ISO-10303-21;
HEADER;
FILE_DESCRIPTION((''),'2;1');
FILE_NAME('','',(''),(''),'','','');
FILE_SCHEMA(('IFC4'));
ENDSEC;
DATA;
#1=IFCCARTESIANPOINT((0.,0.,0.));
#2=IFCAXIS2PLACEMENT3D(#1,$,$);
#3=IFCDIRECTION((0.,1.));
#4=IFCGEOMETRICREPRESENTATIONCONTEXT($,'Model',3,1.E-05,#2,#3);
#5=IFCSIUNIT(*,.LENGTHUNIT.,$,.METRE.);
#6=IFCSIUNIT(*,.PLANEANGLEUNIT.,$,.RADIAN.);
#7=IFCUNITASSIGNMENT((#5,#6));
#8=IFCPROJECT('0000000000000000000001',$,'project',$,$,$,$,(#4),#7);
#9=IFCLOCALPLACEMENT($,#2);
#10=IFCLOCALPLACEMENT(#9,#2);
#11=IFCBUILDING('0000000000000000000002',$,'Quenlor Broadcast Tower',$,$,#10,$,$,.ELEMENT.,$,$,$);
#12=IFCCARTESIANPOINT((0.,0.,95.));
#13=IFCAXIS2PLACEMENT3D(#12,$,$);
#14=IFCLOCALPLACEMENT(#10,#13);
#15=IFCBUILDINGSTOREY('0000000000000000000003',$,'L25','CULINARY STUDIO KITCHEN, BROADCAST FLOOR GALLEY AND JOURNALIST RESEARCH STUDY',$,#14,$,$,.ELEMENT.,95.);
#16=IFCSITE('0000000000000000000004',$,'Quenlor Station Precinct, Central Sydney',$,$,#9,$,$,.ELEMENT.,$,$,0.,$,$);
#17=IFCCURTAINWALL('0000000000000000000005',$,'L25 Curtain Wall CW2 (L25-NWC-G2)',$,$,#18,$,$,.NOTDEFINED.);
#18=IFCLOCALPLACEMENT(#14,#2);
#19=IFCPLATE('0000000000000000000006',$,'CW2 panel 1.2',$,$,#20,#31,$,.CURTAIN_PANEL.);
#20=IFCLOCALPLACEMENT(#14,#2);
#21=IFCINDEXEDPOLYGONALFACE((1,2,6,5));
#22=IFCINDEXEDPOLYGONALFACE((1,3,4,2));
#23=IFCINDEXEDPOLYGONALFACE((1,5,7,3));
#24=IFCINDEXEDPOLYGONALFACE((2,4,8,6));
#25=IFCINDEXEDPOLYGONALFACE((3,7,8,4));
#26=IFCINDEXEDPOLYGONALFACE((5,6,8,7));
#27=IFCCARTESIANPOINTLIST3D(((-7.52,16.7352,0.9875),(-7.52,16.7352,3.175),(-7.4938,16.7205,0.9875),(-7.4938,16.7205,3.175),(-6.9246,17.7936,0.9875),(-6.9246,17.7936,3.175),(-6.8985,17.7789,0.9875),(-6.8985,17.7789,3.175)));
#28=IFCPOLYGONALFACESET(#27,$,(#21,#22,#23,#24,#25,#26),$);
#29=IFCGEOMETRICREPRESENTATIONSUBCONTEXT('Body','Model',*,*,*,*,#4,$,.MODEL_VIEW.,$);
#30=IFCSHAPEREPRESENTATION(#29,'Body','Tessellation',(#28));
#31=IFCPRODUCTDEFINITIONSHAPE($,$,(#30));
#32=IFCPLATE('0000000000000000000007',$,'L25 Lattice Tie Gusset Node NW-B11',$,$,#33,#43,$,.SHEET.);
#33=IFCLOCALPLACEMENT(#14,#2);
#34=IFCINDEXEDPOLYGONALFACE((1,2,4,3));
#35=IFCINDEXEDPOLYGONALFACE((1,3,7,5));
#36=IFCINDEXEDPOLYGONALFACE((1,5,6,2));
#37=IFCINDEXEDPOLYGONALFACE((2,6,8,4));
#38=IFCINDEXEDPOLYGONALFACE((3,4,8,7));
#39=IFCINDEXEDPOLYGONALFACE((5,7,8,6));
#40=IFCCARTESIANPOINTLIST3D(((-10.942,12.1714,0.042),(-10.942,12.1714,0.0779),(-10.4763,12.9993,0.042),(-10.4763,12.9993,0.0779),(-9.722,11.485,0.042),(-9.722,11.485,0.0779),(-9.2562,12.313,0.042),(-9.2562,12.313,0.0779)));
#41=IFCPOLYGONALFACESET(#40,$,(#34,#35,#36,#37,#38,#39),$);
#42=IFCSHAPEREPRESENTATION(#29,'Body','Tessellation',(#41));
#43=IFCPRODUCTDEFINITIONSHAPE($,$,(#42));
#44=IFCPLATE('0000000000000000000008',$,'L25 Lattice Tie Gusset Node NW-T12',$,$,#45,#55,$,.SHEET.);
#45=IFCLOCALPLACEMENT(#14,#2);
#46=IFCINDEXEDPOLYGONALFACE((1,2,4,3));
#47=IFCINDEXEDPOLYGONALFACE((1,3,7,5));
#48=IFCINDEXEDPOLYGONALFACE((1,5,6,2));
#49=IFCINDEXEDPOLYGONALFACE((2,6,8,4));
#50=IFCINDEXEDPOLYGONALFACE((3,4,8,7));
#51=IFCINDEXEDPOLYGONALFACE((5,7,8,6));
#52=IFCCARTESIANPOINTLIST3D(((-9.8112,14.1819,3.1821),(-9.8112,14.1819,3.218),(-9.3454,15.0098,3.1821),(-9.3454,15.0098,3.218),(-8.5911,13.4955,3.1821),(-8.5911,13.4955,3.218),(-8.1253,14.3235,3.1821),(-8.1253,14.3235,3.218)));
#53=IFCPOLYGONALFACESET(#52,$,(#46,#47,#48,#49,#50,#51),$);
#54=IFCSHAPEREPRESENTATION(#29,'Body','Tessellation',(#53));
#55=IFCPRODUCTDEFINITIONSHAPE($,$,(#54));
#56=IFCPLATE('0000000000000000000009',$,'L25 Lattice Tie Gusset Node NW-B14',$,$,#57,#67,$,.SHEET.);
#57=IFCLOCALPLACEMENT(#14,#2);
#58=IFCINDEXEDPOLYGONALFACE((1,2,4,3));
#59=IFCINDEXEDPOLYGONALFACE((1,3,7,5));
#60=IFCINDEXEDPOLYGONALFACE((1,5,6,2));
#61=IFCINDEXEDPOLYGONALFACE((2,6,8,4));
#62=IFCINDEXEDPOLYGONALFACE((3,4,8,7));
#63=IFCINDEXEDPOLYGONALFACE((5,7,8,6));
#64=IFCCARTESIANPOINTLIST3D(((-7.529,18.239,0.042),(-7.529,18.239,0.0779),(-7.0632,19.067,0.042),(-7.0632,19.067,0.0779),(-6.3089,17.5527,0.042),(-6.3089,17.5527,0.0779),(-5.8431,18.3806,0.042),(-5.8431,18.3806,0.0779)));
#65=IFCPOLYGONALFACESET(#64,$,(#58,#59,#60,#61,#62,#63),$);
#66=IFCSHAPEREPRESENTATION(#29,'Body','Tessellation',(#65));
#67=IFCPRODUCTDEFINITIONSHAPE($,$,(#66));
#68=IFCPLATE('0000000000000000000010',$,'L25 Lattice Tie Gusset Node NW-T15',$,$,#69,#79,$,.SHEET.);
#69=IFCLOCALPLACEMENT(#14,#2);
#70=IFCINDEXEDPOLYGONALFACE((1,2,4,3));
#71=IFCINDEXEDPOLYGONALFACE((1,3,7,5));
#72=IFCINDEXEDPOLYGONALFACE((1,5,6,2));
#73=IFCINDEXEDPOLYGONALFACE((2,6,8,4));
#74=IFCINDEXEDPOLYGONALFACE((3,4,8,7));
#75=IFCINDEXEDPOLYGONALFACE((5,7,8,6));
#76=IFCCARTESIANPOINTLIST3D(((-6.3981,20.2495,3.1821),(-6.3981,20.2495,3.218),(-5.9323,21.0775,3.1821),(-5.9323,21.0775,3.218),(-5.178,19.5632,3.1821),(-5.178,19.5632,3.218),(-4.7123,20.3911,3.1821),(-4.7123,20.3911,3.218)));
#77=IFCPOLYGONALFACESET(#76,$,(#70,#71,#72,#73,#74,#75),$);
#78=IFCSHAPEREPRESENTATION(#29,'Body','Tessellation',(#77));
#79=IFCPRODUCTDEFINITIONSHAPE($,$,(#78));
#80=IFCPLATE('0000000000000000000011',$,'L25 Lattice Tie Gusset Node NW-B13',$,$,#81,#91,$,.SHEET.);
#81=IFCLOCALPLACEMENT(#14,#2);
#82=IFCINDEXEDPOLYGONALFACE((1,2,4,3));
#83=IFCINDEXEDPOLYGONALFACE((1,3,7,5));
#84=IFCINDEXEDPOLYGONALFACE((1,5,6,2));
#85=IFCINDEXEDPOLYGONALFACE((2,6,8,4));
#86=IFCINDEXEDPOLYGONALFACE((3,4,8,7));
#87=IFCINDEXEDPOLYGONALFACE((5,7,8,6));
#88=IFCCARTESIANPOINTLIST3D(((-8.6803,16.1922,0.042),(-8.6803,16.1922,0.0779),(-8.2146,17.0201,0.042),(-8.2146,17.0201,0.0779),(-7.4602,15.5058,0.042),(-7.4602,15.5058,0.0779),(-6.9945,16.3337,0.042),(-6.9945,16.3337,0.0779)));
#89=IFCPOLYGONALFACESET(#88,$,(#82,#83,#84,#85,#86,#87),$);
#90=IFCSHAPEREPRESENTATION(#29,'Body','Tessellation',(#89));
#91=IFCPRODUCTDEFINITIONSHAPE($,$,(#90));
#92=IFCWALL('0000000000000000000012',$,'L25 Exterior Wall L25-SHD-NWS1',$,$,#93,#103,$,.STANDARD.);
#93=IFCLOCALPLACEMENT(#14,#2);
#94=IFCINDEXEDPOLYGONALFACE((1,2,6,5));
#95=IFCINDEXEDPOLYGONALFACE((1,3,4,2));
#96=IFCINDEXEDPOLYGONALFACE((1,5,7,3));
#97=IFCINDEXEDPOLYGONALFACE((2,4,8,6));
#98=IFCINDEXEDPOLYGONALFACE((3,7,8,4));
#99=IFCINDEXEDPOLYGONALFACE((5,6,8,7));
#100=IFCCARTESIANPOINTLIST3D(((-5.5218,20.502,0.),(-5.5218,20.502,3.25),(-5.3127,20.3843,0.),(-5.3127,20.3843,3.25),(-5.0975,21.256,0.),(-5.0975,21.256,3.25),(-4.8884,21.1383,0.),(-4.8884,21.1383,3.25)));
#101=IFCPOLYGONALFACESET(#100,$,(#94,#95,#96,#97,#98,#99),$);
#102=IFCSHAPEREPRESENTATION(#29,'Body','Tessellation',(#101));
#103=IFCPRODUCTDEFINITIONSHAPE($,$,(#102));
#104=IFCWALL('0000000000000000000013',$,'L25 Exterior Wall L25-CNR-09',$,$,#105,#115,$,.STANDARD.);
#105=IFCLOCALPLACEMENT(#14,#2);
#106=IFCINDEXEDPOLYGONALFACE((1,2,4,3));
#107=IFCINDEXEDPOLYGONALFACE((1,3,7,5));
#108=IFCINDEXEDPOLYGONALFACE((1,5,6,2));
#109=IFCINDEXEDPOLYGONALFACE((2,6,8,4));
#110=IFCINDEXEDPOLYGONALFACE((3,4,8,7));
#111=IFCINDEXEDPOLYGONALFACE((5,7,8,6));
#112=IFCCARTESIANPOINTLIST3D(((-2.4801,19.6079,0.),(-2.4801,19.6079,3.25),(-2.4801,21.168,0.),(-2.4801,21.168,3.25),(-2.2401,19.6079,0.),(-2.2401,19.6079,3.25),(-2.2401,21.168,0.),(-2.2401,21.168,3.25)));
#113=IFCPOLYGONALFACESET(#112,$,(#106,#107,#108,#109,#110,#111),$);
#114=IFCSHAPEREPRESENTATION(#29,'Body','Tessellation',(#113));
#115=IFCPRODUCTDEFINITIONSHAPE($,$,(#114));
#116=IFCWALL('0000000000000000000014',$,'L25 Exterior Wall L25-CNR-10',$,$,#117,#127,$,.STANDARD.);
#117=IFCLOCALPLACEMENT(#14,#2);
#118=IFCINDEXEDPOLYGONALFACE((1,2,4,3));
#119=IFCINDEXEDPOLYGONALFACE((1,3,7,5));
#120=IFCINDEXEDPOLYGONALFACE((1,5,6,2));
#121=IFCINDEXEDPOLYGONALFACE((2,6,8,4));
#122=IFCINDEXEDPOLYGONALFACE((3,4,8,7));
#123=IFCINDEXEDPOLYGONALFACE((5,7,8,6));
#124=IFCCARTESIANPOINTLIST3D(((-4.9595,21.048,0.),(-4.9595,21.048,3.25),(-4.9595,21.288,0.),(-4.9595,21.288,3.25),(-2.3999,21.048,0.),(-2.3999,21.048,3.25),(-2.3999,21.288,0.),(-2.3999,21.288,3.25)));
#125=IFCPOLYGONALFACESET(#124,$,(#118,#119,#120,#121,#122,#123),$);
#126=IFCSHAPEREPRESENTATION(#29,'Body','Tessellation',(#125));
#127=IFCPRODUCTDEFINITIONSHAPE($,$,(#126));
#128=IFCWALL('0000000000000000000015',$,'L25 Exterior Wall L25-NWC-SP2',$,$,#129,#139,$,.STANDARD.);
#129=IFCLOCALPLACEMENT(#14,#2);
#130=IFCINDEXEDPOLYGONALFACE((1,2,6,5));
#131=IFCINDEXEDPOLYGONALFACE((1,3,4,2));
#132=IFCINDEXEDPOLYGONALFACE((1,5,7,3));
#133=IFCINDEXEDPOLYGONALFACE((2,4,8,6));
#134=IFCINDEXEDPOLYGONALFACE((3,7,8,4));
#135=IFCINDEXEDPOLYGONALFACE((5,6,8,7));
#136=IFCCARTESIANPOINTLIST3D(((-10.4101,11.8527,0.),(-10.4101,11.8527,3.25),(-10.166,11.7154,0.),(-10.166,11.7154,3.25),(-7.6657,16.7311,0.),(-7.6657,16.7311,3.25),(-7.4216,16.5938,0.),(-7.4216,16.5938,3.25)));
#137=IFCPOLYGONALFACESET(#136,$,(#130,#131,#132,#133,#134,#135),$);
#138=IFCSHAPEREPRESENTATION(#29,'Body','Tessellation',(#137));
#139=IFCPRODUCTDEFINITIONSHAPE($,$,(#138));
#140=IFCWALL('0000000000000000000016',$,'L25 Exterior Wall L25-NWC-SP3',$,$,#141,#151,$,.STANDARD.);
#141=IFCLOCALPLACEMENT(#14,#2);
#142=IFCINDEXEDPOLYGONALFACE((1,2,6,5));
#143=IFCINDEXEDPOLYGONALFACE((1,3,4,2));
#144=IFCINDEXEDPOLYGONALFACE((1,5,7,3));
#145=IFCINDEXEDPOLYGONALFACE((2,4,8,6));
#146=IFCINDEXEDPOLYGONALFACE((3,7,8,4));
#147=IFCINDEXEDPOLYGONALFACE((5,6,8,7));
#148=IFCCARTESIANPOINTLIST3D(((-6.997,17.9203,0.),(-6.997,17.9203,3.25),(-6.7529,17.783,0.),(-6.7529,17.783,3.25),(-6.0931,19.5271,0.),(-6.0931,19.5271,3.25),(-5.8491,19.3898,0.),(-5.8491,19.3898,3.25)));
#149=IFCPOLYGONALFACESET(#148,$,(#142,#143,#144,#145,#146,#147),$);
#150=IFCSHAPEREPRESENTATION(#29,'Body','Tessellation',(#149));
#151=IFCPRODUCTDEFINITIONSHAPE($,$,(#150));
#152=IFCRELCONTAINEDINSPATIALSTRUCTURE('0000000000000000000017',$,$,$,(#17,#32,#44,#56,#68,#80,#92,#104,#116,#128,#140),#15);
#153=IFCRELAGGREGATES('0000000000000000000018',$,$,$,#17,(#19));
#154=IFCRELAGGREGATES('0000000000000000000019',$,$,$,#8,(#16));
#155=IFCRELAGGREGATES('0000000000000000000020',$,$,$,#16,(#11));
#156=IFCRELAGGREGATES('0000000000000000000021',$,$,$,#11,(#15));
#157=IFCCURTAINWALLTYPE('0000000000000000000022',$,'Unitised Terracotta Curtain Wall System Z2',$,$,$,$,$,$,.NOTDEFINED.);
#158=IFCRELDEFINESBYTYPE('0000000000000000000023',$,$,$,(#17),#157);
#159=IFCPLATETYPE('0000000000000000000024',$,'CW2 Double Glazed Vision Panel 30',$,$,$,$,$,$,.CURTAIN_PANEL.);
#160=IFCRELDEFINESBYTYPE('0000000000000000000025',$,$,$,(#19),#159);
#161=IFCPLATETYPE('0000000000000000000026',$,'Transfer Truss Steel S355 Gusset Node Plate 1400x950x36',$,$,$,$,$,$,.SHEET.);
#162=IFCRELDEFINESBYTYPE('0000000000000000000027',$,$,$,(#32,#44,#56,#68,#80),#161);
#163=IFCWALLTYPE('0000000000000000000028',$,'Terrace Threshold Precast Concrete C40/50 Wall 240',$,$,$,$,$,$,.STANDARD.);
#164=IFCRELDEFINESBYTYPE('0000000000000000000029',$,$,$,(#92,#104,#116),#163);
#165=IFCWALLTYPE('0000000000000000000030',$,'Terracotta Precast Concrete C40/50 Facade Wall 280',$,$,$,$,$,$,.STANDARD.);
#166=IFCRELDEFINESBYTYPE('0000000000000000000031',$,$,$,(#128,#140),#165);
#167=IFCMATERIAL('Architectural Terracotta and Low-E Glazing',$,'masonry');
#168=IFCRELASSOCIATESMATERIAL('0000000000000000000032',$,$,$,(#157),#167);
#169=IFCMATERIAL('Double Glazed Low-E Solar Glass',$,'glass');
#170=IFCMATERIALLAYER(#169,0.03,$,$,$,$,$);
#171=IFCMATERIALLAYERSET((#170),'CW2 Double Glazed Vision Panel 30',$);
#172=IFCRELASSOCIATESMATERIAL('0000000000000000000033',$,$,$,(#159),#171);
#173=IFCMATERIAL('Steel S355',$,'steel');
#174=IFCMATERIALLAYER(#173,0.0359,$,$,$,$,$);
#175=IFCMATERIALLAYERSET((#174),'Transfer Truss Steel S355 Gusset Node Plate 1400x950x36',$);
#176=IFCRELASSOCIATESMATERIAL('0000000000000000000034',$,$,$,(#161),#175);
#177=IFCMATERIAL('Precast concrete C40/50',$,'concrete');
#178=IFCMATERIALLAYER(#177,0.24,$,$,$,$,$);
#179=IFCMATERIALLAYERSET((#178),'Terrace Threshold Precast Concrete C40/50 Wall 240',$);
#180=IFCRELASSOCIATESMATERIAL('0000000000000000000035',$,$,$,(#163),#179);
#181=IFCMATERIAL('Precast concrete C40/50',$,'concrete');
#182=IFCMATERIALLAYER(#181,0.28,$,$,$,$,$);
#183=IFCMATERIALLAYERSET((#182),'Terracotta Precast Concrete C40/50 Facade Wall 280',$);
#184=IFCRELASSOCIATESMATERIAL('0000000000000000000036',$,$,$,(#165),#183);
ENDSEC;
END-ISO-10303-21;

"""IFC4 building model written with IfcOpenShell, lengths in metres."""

from ifc_helpers import new_model, si_unit, direction, frame, frame_2d, origin, origin_2d, place, context, subcontext, project, spatial, rectangle, extrude, material, layer, layer_set, type_object, element, aggregate, save


model = new_model("IFC4")

# Units and contexts
model_context = context("Model", 3, precision=1e-05, world=origin(), true_north=direction((0.0, 1.0)))
body_context = subcontext(model_context, "Body", "Model", "MODEL_VIEW")
ifc_project = project(units=[si_unit("LENGTHUNIT", "METRE"), si_unit("PLANEANGLEUNIT", "RADIAN")], contexts=[model_context])

# Site, building, storey
site_placement = place(None, origin())
site = spatial("IfcSite", under=ifc_project, at=site_placement, Name="Quenlor Station Precinct, Central Sydney", CompositionType="ELEMENT", RefElevation=0.0)
building_placement = place(site_placement, origin())
building = spatial("IfcBuilding", under=site, at=building_placement, Name="Quenlor Broadcast Tower", CompositionType="ELEMENT")
storey_placement = place(building_placement, frame((0.0, 0.0, 95.0)))
storey = spatial("IfcBuildingStorey", under=building, at=storey_placement, Name="L25", Description="CULINARY STUDIO KITCHEN, BROADCAST FLOOR GALLEY AND JOURNALIST RESEARCH STUDY", CompositionType="ELEMENT", Elevation=95.0)

# Shared definitions
ifc_material_1 = material(Name="Architectural Terracotta and Low-E Glazing", Category="masonry")
curtain_wall_type = type_object("IfcCurtainWallType", Name="Unitised Terracotta Curtain Wall System Z2", PredefinedType="NOTDEFINED", material=ifc_material_1)

# Curtain wall
curtain_wall_1_placement = place(storey_placement, origin())
curtain_wall_1 = element("IfcCurtainWall", 1, at=curtain_wall_1_placement, inside=storey, type_object=curtain_wall_type, Name="L25 Curtain Wall CW2 (L25-NWC-G2)", PredefinedType="NOTDEFINED")

# Plate
ifc_material_2 = material(Name="Double Glazed Low-E Solar Glass", Category="glass")
ifc_layer_1 = layer(ifc_material_2, 0.03)
ifc_layer_set_1 = layer_set([ifc_layer_1], Name="CW2 Double Glazed Vision Panel 30")
plate_type_1 = type_object("IfcPlateType", Name="CW2 Double Glazed Vision Panel 30", PredefinedType="CURTAIN_PANEL", material=ifc_layer_set_1)
plate_1_placement = place(storey_placement, frame((-7.2092, 17.2571, 0.9875), z_axis=(0.0, 0.0, 1.0), x_axis=(0.490247, 0.871583, 0.0)))
plate_1 = element("IfcPlate", 2, at=plate_1_placement, type_object=plate_type_1, Name="CW2 panel 1.2", PredefinedType="CURTAIN_PANEL", context=body_context, shape_type="SweptSolid", body=[
    extrude(rectangle(XDim=1.2144, YDim=0.03, at=origin_2d()), origin(), (0.0, 0.0, 1.0), 2.1875),
])
aggregate(curtain_wall_1, [plate_1])

# Plates
ifc_material_3 = material(Name="Steel S355", Category="steel")
ifc_layer_2 = layer(ifc_material_3, 0.0359)
ifc_layer_set_2 = layer_set([ifc_layer_2], Name="Transfer Truss Steel S355 Gusset Node Plate 1400x950x36")
plate_type_2 = type_object("IfcPlateType", Name="Transfer Truss Steel S355 Gusset Node Plate 1400x950x36", PredefinedType="SHEET", material=ifc_layer_set_2)
for number, where, z_axis, x_axis, name in (
    (3, (-10.0991, 12.2422, 0.042), (0.0, 0.0, 1.0), (-0.871556, 0.490295, 0.0), "L25 Lattice Tie Gusset Node NW-B11"),
    (4, (-8.9683, 14.2527, 3.1821), (0.0, 0.0, 1.0), (-0.871556, 0.490295, 0.0), "L25 Lattice Tie Gusset Node NW-T12"),
    (5, (-6.686, 18.3098, 0.042), (0.0, 0.0, 1.0), (-0.871556, 0.490295, 0.0), "L25 Lattice Tie Gusset Node NW-B14"),
    (6, (-5.5552, 20.3203, 3.1821), (0.0, 0.0, 1.0), (-0.871556, 0.490295, 0.0), "L25 Lattice Tie Gusset Node NW-T15"),
    (7, (-7.8374, 16.2629, 0.042), (0.0, 0.0, 1.0), (-0.871556, 0.490295, 0.0), "L25 Lattice Tie Gusset Node NW-B13"),
):
    element("IfcPlate", number, at=place(storey_placement, frame(where, z_axis=z_axis, x_axis=x_axis)), inside=storey, type_object=plate_type_2, Name=name, PredefinedType="SHEET", context=body_context, shape_type="SweptSolid", body=[
        extrude(rectangle(XDim=1.3999, YDim=0.95, at=origin_2d()), origin(), (0.0, 0.0, 1.0), 0.0359),
    ])

# Walls
ifc_material_4 = material(Name="Precast concrete C40/50", Category="concrete")
ifc_layer_3 = layer(ifc_material_4, 0.24)
ifc_layer_set_3 = layer_set([ifc_layer_3], Name="Terrace Threshold Precast Concrete C40/50 Wall 240")
wall_type_1 = type_object("IfcWallType", Name="Terrace Threshold Precast Concrete C40/50 Wall 240", PredefinedType="STANDARD", material=ifc_layer_set_3)
wall_1_placement = place(storey_placement, frame((-5.4172, 20.4431, 0.0), z_axis=(0.0, 0.0, 1.0), x_axis=(0.490355, 0.871523, 0.0)))
element("IfcWall", 8, at=wall_1_placement, inside=storey, type_object=wall_type_1, Name="L25 Exterior Wall L25-SHD-NWS1", PredefinedType="STANDARD", context=body_context, shape_type="SweptSolid", body=[
    extrude(rectangle(XDim=0.8652, YDim=0.24, at=frame_2d((0.4326, 0.0))), origin(), (0.0, 0.0, 1.0), 3.25),
])
wall_2_placement = place(storey_placement, frame((-2.3601, 19.6079, 0.0), z_axis=(0.0, 0.0, 1.0), x_axis=(0.0, 1.0, 0.0)))
element("IfcWall", 9, at=wall_2_placement, inside=storey, type_object=wall_type_1, Name="L25 Exterior Wall L25-CNR-09", PredefinedType="STANDARD", context=body_context, shape_type="SweptSolid", body=[
    extrude(rectangle(XDim=1.5601, YDim=0.24, at=frame_2d((0.78, 0.0))), origin(), (0.0, 0.0, 1.0), 3.25),
])
wall_3_placement = place(storey_placement, frame((-2.3999, 21.168, 0.0), z_axis=(0.0, 0.0, 1.0), x_axis=(-1.0, 0.0, 0.0)))
element("IfcWall", 10, at=wall_3_placement, inside=storey, type_object=wall_type_1, Name="L25 Exterior Wall L25-CNR-10", PredefinedType="STANDARD", context=body_context, shape_type="SweptSolid", body=[
    extrude(rectangle(XDim=2.5596, YDim=0.24, at=frame_2d((1.2798, 0.0))), origin(), (0.0, 0.0, 1.0), 3.25),
])
ifc_material_5 = material(Name="Precast concrete C40/50", Category="concrete")
ifc_layer_4 = layer(ifc_material_5, 0.28)
ifc_layer_set_4 = layer_set([ifc_layer_4], Name="Terracotta Precast Concrete C40/50 Facade Wall 280")
wall_type_2 = type_object("IfcWallType", Name="Terracotta Precast Concrete C40/50 Facade Wall 280", PredefinedType="STANDARD", material=ifc_layer_set_4)
wall_4_placement = place(storey_placement, frame((-10.2881, 11.7839, 0.0), z_axis=(0.0, 0.0, 1.0), x_axis=(0.490299, 0.871555, 0.0)))
element("IfcWall", 11, at=wall_4_placement, inside=storey, type_object=wall_type_2, Name="L25 Exterior Wall L25-NWC-SP2", PredefinedType="STANDARD", context=body_context, shape_type="SweptSolid", body=[
    extrude(rectangle(XDim=5.5974, YDim=0.28, at=frame_2d((2.7988, 0.0))), origin(), (0.0, 0.0, 1.0), 3.25),
])
wall_5_placement = place(storey_placement, frame((-6.875, 17.8516, 0.0), z_axis=(0.0, 0.0, 1.0), x_axis=(0.49028, 0.871565, 0.0)))
element("IfcWall", 12, at=wall_5_placement, inside=storey, type_object=wall_type_2, Name="L25 Exterior Wall L25-NWC-SP3", PredefinedType="STANDARD", context=body_context, shape_type="SweptSolid", body=[
    extrude(rectangle(XDim=1.8435, YDim=0.28, at=frame_2d((0.9219, 0.0))), origin(), (0.0, 0.0, 1.0), 3.25),
])

save(model, "model.ifc")
